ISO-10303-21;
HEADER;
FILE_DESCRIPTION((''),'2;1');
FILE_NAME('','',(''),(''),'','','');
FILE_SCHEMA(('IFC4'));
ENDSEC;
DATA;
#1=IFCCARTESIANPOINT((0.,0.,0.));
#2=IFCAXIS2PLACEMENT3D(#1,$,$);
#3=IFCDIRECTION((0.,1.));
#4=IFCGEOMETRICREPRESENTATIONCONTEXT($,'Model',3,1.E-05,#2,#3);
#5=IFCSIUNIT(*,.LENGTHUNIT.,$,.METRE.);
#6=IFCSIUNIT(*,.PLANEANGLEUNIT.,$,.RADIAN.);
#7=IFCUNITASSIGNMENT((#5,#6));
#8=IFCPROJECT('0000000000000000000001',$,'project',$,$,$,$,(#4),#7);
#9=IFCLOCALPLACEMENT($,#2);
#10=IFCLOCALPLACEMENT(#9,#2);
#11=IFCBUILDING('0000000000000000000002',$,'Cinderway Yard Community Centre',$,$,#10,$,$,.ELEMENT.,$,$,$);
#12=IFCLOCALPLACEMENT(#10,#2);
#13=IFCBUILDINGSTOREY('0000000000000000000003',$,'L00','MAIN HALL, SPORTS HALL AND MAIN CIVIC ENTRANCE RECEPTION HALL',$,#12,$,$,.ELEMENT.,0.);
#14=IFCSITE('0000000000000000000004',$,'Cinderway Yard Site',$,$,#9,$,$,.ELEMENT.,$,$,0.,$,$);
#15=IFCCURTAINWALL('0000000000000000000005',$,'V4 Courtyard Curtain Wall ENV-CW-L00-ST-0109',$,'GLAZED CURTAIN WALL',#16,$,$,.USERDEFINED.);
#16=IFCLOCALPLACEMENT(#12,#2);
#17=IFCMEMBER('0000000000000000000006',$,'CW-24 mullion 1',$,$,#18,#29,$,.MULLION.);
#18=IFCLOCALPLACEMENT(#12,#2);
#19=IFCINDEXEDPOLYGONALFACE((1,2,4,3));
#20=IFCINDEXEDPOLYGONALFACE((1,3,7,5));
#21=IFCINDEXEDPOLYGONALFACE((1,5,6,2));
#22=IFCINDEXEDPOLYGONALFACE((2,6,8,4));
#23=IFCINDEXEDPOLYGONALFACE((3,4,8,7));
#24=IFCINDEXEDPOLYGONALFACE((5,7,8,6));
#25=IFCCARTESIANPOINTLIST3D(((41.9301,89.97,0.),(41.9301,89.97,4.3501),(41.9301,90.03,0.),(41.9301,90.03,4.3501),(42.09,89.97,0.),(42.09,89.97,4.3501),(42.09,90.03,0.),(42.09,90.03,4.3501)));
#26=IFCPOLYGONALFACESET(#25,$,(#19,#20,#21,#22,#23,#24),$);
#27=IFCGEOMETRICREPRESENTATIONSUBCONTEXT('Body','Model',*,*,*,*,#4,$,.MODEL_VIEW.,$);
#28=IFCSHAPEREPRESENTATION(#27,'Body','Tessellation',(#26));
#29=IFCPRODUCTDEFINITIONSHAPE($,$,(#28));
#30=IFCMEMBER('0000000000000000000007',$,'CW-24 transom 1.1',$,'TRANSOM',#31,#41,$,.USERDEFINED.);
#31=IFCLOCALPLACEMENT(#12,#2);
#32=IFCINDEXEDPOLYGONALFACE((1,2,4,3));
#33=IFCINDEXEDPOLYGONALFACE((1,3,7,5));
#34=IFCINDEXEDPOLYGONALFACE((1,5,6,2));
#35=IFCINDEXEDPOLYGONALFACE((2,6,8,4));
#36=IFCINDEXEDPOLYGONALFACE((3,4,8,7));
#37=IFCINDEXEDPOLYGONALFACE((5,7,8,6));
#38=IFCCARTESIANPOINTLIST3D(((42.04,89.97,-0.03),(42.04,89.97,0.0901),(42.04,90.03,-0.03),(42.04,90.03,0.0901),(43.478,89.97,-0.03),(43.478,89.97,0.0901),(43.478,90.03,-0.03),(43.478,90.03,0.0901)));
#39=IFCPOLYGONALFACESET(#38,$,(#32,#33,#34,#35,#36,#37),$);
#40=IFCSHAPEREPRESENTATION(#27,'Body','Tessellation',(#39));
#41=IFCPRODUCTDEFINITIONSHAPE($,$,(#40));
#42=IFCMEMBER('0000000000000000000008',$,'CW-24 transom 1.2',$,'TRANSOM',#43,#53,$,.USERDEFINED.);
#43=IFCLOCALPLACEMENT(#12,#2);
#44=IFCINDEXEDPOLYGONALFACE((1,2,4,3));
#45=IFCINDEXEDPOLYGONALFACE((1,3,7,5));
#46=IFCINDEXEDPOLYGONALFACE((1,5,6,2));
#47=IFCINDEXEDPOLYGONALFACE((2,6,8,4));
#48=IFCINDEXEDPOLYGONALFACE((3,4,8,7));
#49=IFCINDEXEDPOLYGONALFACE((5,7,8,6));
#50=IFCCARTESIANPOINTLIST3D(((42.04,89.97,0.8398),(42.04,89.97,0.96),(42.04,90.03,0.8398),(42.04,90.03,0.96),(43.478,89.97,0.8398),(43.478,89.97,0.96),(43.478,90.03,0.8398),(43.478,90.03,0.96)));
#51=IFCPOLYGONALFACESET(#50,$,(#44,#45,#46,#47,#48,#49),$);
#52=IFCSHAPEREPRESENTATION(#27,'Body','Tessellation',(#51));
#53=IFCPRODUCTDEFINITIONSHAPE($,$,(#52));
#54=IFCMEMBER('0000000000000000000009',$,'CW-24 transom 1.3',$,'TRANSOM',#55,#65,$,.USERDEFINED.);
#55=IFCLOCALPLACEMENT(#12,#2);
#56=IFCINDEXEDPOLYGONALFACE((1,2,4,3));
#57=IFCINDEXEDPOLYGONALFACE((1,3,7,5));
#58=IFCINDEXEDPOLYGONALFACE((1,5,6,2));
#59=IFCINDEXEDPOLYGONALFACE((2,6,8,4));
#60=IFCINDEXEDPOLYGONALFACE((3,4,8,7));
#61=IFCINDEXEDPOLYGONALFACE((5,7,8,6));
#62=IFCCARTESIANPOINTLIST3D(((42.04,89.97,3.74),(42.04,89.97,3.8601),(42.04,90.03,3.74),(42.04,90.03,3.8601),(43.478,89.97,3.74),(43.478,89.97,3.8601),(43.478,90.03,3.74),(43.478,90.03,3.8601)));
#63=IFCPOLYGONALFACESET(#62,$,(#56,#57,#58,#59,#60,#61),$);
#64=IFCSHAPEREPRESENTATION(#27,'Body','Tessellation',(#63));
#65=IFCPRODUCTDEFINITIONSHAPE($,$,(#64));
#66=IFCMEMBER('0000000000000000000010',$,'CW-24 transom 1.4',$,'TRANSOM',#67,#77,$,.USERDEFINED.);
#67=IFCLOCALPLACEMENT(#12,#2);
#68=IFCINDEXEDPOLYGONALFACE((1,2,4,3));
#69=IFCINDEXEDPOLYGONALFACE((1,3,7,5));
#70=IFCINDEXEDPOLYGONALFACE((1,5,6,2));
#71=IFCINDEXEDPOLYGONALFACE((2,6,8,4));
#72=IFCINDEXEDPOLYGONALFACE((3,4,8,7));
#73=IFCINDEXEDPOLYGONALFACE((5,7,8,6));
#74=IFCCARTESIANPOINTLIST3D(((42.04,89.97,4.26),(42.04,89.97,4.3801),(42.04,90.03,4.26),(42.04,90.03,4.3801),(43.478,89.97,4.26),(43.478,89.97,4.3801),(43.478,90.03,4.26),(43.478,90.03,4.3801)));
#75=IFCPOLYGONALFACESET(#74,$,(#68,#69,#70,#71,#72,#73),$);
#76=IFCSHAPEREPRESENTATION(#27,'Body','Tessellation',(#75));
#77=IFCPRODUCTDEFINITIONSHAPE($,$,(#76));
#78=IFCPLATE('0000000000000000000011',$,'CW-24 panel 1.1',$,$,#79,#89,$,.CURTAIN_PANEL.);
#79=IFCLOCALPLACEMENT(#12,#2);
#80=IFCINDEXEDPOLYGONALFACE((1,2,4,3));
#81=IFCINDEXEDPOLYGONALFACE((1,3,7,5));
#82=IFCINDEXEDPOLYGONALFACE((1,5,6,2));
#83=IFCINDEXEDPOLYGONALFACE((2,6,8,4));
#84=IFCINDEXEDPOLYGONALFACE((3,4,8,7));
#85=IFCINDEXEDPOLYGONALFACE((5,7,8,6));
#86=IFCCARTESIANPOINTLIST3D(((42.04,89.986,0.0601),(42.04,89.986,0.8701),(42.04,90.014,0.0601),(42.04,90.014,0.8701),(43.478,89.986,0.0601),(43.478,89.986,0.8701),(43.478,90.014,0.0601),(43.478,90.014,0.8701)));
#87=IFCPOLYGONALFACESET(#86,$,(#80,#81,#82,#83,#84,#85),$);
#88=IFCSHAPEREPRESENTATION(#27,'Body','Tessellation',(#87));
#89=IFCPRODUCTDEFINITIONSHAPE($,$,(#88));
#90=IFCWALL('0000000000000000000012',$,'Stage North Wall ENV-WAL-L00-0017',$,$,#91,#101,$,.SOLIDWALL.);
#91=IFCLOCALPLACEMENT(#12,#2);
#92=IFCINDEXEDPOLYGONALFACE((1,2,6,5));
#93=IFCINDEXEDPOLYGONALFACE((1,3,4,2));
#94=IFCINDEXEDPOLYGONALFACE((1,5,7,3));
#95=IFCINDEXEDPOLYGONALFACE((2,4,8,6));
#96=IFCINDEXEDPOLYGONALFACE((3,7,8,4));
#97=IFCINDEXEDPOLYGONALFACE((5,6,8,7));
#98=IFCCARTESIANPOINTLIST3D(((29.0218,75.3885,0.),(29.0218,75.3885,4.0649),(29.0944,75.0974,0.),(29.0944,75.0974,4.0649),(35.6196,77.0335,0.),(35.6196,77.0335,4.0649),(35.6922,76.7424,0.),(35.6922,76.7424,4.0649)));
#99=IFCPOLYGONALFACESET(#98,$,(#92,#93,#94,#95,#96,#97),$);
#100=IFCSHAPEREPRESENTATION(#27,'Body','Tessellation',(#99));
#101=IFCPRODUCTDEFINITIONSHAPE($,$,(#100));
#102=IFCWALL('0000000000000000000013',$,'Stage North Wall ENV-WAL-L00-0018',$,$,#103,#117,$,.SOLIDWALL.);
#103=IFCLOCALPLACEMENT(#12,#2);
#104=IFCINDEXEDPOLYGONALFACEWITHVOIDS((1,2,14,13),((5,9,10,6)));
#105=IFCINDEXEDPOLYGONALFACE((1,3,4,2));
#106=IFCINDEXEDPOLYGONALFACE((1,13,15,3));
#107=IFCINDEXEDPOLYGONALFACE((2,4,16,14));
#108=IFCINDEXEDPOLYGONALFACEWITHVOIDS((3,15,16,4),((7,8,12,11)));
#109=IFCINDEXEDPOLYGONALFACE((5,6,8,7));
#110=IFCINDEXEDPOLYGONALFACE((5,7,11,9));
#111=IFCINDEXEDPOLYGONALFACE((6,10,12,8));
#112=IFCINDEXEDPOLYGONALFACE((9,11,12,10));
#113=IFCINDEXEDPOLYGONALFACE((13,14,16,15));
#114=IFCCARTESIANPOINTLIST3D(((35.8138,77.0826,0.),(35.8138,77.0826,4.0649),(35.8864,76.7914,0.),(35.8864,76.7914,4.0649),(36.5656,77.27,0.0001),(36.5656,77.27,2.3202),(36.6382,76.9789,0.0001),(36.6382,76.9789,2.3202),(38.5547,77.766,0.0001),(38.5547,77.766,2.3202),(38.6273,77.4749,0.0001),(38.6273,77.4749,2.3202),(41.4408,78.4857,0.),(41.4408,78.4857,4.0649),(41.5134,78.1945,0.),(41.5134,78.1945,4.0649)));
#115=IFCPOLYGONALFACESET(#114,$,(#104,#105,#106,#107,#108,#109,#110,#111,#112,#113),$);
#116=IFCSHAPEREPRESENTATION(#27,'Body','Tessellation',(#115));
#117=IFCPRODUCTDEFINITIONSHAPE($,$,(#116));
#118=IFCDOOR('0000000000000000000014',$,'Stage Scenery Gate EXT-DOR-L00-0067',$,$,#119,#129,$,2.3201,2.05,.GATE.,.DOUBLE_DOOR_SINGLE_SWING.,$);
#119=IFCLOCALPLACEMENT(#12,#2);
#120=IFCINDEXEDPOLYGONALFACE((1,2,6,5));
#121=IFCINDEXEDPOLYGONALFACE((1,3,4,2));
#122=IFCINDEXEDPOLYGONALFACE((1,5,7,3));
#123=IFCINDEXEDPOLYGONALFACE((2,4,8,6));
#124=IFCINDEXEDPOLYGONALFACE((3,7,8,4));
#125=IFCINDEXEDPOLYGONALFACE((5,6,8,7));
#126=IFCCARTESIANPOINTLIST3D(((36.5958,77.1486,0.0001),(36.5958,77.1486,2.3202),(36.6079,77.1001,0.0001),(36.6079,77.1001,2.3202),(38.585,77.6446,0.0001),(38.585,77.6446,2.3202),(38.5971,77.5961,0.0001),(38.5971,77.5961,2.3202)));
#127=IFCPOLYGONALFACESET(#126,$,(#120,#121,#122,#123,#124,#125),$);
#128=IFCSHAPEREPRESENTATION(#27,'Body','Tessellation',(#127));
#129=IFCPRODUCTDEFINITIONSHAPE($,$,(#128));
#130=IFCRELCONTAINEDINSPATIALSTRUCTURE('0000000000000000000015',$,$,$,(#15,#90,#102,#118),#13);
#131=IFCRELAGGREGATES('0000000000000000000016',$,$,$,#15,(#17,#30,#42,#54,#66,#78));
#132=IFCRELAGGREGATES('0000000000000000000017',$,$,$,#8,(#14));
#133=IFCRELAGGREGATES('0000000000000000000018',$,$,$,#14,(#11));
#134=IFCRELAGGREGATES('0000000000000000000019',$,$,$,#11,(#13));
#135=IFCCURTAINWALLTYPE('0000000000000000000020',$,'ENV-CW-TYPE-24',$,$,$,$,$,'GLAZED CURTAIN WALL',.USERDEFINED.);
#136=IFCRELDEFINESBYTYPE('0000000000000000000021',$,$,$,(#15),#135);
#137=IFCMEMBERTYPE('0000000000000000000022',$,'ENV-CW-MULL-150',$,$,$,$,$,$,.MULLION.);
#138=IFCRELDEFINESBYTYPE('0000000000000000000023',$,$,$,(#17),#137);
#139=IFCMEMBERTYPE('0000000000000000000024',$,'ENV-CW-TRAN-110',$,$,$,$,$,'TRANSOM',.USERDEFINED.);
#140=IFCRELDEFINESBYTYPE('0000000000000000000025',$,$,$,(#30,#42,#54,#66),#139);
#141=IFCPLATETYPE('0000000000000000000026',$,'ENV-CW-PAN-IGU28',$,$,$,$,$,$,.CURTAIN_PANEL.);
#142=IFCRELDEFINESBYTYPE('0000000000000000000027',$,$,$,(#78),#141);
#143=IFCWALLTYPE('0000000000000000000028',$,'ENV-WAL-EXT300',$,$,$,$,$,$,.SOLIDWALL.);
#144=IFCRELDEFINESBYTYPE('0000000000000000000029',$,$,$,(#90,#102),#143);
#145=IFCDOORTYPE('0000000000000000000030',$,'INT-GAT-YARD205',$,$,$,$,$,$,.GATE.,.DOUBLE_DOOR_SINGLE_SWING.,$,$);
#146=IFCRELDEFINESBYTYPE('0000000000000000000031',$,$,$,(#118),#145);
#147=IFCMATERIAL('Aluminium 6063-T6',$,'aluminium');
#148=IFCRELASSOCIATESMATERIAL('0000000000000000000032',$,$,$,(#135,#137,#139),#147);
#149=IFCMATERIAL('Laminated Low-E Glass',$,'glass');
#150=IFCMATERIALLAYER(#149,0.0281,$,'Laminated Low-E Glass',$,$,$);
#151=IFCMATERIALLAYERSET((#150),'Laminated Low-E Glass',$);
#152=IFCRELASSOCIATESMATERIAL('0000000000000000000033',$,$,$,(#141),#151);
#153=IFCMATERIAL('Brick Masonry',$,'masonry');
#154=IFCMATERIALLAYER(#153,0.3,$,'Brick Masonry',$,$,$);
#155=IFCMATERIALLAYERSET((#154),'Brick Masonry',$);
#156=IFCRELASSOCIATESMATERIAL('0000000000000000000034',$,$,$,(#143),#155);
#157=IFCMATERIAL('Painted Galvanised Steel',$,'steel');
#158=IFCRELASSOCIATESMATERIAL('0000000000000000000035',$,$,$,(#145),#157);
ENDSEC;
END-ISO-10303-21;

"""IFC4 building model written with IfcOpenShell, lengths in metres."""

from ifc_helpers import new_model, si_unit, direction, frame, frame_2d, origin, origin_2d, place, context, subcontext, project, spatial, rectangle, extrude, material, layer, layer_set, material_profile, profile_set, type_object, element, fill, aggregate, save


model = new_model("IFC4")

# Units and contexts
model_context = context("Model", 3, precision=1e-05, world=origin(), true_north=direction((0.0, 1.0)))
body_context = subcontext(model_context, "Body", "Model", "MODEL_VIEW")
ifc_project = project(units=[si_unit("LENGTHUNIT", "METRE"), si_unit("PLANEANGLEUNIT", "RADIAN")], contexts=[model_context])

# Site, building, storey
site_placement = place(None, origin())
site = spatial("IfcSite", under=ifc_project, at=site_placement, Name="Cinderway Yard Site", CompositionType="ELEMENT", RefElevation=0.0)
building_placement = place(site_placement, origin())
building = spatial("IfcBuilding", under=site, at=building_placement, Name="Cinderway Yard Community Centre", CompositionType="ELEMENT")
storey_placement = place(building_placement, origin())
storey = spatial("IfcBuildingStorey", under=building, at=storey_placement, Name="L00", Description="MAIN HALL, SPORTS HALL AND MAIN CIVIC ENTRANCE RECEPTION HALL", CompositionType="ELEMENT", Elevation=0.0)

# Curtain wall, members, plate
ifc_material_1 = material(Name="Aluminium 6063-T6", Category="aluminium")
curtain_wall_type = type_object("IfcCurtainWallType", Name="ENV-CW-TYPE-24", ElementType="GLAZED CURTAIN WALL", PredefinedType="USERDEFINED", material=ifc_material_1)
curtain_wall_placement = place(storey_placement, origin())
curtain_wall = element("IfcCurtainWall", 1, at=curtain_wall_placement, inside=storey, type_object=curtain_wall_type, Name="V4 Courtyard Curtain Wall ENV-CW-L00-ST-0109", ObjectType="GLAZED CURTAIN WALL", PredefinedType="USERDEFINED")
ifc_material_profile_1 = material_profile(ifc_material_1, rectangle(XDim=0.0601, YDim=0.1599, at=origin_2d()), Name="Aluminium 6063-T6")
ifc_profile_set_1 = profile_set([ifc_material_profile_1], Name="Aluminium 6063-T6")
member_type_1 = type_object("IfcMemberType", Name="ENV-CW-MULL-150", PredefinedType="MULLION", material=ifc_profile_set_1)
member_1_placement = place(storey_placement, frame((42.01, 90.0, 0.0), z_axis=(0.0, 0.0, 1.0), x_axis=(0.0, 1.0, 0.0)))
member_1 = element("IfcMember", 2, at=member_1_placement, type_object=member_type_1, Name="CW-24 mullion 1", PredefinedType="MULLION", context=body_context, shape_type="SweptSolid", body=[
    extrude(rectangle(XDim=0.0601, YDim=0.1599, at=origin_2d()), origin(), (0.0, 0.0, 1.0), 4.3501),
])
ifc_material_profile_2 = material_profile(ifc_material_1, rectangle(XDim=0.0601, YDim=0.1201, at=origin_2d()), Name="Aluminium 6063-T6")
ifc_profile_set_2 = profile_set([ifc_material_profile_2], Name="Aluminium 6063-T6")
member_type_2 = type_object("IfcMemberType", Name="ENV-CW-TRAN-110", ElementType="TRANSOM", PredefinedType="USERDEFINED", material=ifc_profile_set_2)
member_2_placement = place(storey_placement, frame((42.04, 90.0, 0.03), z_axis=(1.0, 0.0, 0.0), x_axis=(0.0, 1.0, 0.0)))
member_2 = element("IfcMember", 3, at=member_2_placement, type_object=member_type_2, Name="CW-24 transom 1.1", ObjectType="TRANSOM", PredefinedType="USERDEFINED", context=body_context, shape_type="SweptSolid", body=[
    extrude(rectangle(XDim=0.0601, YDim=0.1201, at=origin_2d()), origin(), (0.0, 0.0, 1.0), 1.438),
])
member_3_placement = place(storey_placement, frame((42.04, 90.0, 0.8999), z_axis=(1.0, 0.0, 0.0), x_axis=(0.0, 1.0, 0.0)))
member_3 = element("IfcMember", 4, at=member_3_placement, type_object=member_type_2, Name="CW-24 transom 1.2", ObjectType="TRANSOM", PredefinedType="USERDEFINED", context=body_context, shape_type="SweptSolid", body=[
    extrude(rectangle(XDim=0.0601, YDim=0.1201, at=origin_2d()), origin(), (0.0, 0.0, 1.0), 1.438),
])
member_4_placement = place(storey_placement, frame((42.04, 90.0, 3.8), z_axis=(1.0, 0.0, 0.0), x_axis=(0.0, 1.0, 0.0)))
member_4 = element("IfcMember", 5, at=member_4_placement, type_object=member_type_2, Name="CW-24 transom 1.3", ObjectType="TRANSOM", PredefinedType="USERDEFINED", context=body_context, shape_type="SweptSolid", body=[
    extrude(rectangle(XDim=0.0601, YDim=0.1201, at=origin_2d()), origin(), (0.0, 0.0, 1.0), 1.438),
])
member_5_placement = place(storey_placement, frame((42.04, 90.0, 4.3201), z_axis=(1.0, 0.0, 0.0), x_axis=(0.0, 1.0, 0.0)))
member_5 = element("IfcMember", 6, at=member_5_placement, type_object=member_type_2, Name="CW-24 transom 1.4", ObjectType="TRANSOM", PredefinedType="USERDEFINED", context=body_context, shape_type="SweptSolid", body=[
    extrude(rectangle(XDim=0.0601, YDim=0.1201, at=origin_2d()), origin(), (0.0, 0.0, 1.0), 1.438),
])
ifc_material_2 = material(Name="Laminated Low-E Glass", Category="glass")
ifc_layer_1 = layer(ifc_material_2, 0.0281, Name="Laminated Low-E Glass")
ifc_layer_set_1 = layer_set([ifc_layer_1], Name="Laminated Low-E Glass")
plate_type = type_object("IfcPlateType", Name="ENV-CW-PAN-IGU28", PredefinedType="CURTAIN_PANEL", material=ifc_layer_set_1)
plate_placement = place(storey_placement, frame((42.759, 90.0, 0.0601), z_axis=(0.0, 0.0, 1.0), x_axis=(1.0, 0.0, 0.0)))
plate = element("IfcPlate", 7, at=plate_placement, type_object=plate_type, Name="CW-24 panel 1.1", PredefinedType="CURTAIN_PANEL", context=body_context, shape_type="SweptSolid", body=[
    extrude(rectangle(XDim=1.438, YDim=0.0281, at=origin_2d()), origin(), (0.0, 0.0, 1.0), 0.8101),
])
aggregate(curtain_wall, [member_1, member_2, member_3, member_4, member_5, plate])

# Wall
ifc_material_3 = material(Name="Brick Masonry", Category="masonry")
ifc_layer_2 = layer(ifc_material_3, 0.3, Name="Brick Masonry")
ifc_layer_set_2 = layer_set([ifc_layer_2], Name="Brick Masonry")
wall_type_1 = type_object("IfcWallType", Name="ENV-WAL-EXT300", PredefinedType="SOLIDWALL", material=ifc_layer_set_2)
wall_1_placement = place(storey_placement, frame((29.0581, 75.2429, 0.0), z_axis=(0.0, 0.0, 1.0), x_axis=(0.970296, 0.241919, 0.0)))
element("IfcWall", 8, at=wall_1_placement, inside=storey, type_object=wall_type_1, Name="Stage North Wall ENV-WAL-L00-0017", PredefinedType="SOLIDWALL", context=body_context, shape_type="SweptSolid", body=[
    extrude(rectangle(XDim=6.7998, YDim=0.3, at=frame_2d((3.3999, 0.0))), origin(), (0.0, 0.0, 1.0), 4.0649),
])

# Wall, opening, door
wall_2_placement = place(storey_placement, frame((35.8501, 76.937, 0.0), z_axis=(0.0, 0.0, 1.0), x_axis=(0.970291, 0.241941, 0.0)))
wall_2 = element("IfcWall", 9, at=wall_2_placement, inside=storey, type_object=wall_type_1, Name="Stage North Wall ENV-WAL-L00-0018", PredefinedType="SOLIDWALL", context=body_context, shape_type="SweptSolid", body=[
    extrude(rectangle(XDim=5.7993, YDim=0.3, at=frame_2d((2.8997, 0.0))), origin(), (0.0, 0.0, 1.0), 4.0649),
])
opening_1_placement = place(wall_2_placement, frame((0.7749, 0.0, 0.0)))
opening_1 = element("IfcOpeningElement", 10, at=opening_1_placement, cuts=wall_2, PredefinedType="OPENING", context=body_context, shape_type="SweptSolid", body=[
    extrude(rectangle(XDim=2.05, YDim=2.3201, at=frame_2d((1.0249, 1.1602))), frame((0.0, 0.1599, 0.0), z_axis=(0.0, -1.0, 0.0), x_axis=(1.0, 0.0, 0.0)), (0.0, 0.0, 1.0), 0.3201),
])
ifc_material_4 = material(Name="Painted Galvanised Steel", Category="steel")
door_type_1 = type_object("IfcDoorType", Name="INT-GAT-YARD205", OperationType="DOUBLE_DOOR_SINGLE_SWING", PredefinedType="GATE", material=ifc_material_4)
door_1_placement = place(opening_1_placement, origin())
door_1 = element("IfcDoor", 11, at=door_1_placement, inside=storey, type_object=door_type_1, Name="Stage Scenery Gate EXT-DOR-L00-0067", OperationType="DOUBLE_DOOR_SINGLE_SWING", OverallHeight=2.3201, OverallWidth=2.05, PredefinedType="GATE", context=body_context, shape_type="SweptSolid", body=[
    extrude(rectangle(XDim=2.05, YDim=2.3201, at=frame_2d((1.0249, 1.1602))), frame((0.0, 0.0249, 0.0), z_axis=(0.0, -1.0, 0.0), x_axis=(1.0, 0.0, 0.0)), (0.0, 0.0, 1.0), 0.05),
])
fill(opening_1, door_1)

save(model, "model.ifc")
